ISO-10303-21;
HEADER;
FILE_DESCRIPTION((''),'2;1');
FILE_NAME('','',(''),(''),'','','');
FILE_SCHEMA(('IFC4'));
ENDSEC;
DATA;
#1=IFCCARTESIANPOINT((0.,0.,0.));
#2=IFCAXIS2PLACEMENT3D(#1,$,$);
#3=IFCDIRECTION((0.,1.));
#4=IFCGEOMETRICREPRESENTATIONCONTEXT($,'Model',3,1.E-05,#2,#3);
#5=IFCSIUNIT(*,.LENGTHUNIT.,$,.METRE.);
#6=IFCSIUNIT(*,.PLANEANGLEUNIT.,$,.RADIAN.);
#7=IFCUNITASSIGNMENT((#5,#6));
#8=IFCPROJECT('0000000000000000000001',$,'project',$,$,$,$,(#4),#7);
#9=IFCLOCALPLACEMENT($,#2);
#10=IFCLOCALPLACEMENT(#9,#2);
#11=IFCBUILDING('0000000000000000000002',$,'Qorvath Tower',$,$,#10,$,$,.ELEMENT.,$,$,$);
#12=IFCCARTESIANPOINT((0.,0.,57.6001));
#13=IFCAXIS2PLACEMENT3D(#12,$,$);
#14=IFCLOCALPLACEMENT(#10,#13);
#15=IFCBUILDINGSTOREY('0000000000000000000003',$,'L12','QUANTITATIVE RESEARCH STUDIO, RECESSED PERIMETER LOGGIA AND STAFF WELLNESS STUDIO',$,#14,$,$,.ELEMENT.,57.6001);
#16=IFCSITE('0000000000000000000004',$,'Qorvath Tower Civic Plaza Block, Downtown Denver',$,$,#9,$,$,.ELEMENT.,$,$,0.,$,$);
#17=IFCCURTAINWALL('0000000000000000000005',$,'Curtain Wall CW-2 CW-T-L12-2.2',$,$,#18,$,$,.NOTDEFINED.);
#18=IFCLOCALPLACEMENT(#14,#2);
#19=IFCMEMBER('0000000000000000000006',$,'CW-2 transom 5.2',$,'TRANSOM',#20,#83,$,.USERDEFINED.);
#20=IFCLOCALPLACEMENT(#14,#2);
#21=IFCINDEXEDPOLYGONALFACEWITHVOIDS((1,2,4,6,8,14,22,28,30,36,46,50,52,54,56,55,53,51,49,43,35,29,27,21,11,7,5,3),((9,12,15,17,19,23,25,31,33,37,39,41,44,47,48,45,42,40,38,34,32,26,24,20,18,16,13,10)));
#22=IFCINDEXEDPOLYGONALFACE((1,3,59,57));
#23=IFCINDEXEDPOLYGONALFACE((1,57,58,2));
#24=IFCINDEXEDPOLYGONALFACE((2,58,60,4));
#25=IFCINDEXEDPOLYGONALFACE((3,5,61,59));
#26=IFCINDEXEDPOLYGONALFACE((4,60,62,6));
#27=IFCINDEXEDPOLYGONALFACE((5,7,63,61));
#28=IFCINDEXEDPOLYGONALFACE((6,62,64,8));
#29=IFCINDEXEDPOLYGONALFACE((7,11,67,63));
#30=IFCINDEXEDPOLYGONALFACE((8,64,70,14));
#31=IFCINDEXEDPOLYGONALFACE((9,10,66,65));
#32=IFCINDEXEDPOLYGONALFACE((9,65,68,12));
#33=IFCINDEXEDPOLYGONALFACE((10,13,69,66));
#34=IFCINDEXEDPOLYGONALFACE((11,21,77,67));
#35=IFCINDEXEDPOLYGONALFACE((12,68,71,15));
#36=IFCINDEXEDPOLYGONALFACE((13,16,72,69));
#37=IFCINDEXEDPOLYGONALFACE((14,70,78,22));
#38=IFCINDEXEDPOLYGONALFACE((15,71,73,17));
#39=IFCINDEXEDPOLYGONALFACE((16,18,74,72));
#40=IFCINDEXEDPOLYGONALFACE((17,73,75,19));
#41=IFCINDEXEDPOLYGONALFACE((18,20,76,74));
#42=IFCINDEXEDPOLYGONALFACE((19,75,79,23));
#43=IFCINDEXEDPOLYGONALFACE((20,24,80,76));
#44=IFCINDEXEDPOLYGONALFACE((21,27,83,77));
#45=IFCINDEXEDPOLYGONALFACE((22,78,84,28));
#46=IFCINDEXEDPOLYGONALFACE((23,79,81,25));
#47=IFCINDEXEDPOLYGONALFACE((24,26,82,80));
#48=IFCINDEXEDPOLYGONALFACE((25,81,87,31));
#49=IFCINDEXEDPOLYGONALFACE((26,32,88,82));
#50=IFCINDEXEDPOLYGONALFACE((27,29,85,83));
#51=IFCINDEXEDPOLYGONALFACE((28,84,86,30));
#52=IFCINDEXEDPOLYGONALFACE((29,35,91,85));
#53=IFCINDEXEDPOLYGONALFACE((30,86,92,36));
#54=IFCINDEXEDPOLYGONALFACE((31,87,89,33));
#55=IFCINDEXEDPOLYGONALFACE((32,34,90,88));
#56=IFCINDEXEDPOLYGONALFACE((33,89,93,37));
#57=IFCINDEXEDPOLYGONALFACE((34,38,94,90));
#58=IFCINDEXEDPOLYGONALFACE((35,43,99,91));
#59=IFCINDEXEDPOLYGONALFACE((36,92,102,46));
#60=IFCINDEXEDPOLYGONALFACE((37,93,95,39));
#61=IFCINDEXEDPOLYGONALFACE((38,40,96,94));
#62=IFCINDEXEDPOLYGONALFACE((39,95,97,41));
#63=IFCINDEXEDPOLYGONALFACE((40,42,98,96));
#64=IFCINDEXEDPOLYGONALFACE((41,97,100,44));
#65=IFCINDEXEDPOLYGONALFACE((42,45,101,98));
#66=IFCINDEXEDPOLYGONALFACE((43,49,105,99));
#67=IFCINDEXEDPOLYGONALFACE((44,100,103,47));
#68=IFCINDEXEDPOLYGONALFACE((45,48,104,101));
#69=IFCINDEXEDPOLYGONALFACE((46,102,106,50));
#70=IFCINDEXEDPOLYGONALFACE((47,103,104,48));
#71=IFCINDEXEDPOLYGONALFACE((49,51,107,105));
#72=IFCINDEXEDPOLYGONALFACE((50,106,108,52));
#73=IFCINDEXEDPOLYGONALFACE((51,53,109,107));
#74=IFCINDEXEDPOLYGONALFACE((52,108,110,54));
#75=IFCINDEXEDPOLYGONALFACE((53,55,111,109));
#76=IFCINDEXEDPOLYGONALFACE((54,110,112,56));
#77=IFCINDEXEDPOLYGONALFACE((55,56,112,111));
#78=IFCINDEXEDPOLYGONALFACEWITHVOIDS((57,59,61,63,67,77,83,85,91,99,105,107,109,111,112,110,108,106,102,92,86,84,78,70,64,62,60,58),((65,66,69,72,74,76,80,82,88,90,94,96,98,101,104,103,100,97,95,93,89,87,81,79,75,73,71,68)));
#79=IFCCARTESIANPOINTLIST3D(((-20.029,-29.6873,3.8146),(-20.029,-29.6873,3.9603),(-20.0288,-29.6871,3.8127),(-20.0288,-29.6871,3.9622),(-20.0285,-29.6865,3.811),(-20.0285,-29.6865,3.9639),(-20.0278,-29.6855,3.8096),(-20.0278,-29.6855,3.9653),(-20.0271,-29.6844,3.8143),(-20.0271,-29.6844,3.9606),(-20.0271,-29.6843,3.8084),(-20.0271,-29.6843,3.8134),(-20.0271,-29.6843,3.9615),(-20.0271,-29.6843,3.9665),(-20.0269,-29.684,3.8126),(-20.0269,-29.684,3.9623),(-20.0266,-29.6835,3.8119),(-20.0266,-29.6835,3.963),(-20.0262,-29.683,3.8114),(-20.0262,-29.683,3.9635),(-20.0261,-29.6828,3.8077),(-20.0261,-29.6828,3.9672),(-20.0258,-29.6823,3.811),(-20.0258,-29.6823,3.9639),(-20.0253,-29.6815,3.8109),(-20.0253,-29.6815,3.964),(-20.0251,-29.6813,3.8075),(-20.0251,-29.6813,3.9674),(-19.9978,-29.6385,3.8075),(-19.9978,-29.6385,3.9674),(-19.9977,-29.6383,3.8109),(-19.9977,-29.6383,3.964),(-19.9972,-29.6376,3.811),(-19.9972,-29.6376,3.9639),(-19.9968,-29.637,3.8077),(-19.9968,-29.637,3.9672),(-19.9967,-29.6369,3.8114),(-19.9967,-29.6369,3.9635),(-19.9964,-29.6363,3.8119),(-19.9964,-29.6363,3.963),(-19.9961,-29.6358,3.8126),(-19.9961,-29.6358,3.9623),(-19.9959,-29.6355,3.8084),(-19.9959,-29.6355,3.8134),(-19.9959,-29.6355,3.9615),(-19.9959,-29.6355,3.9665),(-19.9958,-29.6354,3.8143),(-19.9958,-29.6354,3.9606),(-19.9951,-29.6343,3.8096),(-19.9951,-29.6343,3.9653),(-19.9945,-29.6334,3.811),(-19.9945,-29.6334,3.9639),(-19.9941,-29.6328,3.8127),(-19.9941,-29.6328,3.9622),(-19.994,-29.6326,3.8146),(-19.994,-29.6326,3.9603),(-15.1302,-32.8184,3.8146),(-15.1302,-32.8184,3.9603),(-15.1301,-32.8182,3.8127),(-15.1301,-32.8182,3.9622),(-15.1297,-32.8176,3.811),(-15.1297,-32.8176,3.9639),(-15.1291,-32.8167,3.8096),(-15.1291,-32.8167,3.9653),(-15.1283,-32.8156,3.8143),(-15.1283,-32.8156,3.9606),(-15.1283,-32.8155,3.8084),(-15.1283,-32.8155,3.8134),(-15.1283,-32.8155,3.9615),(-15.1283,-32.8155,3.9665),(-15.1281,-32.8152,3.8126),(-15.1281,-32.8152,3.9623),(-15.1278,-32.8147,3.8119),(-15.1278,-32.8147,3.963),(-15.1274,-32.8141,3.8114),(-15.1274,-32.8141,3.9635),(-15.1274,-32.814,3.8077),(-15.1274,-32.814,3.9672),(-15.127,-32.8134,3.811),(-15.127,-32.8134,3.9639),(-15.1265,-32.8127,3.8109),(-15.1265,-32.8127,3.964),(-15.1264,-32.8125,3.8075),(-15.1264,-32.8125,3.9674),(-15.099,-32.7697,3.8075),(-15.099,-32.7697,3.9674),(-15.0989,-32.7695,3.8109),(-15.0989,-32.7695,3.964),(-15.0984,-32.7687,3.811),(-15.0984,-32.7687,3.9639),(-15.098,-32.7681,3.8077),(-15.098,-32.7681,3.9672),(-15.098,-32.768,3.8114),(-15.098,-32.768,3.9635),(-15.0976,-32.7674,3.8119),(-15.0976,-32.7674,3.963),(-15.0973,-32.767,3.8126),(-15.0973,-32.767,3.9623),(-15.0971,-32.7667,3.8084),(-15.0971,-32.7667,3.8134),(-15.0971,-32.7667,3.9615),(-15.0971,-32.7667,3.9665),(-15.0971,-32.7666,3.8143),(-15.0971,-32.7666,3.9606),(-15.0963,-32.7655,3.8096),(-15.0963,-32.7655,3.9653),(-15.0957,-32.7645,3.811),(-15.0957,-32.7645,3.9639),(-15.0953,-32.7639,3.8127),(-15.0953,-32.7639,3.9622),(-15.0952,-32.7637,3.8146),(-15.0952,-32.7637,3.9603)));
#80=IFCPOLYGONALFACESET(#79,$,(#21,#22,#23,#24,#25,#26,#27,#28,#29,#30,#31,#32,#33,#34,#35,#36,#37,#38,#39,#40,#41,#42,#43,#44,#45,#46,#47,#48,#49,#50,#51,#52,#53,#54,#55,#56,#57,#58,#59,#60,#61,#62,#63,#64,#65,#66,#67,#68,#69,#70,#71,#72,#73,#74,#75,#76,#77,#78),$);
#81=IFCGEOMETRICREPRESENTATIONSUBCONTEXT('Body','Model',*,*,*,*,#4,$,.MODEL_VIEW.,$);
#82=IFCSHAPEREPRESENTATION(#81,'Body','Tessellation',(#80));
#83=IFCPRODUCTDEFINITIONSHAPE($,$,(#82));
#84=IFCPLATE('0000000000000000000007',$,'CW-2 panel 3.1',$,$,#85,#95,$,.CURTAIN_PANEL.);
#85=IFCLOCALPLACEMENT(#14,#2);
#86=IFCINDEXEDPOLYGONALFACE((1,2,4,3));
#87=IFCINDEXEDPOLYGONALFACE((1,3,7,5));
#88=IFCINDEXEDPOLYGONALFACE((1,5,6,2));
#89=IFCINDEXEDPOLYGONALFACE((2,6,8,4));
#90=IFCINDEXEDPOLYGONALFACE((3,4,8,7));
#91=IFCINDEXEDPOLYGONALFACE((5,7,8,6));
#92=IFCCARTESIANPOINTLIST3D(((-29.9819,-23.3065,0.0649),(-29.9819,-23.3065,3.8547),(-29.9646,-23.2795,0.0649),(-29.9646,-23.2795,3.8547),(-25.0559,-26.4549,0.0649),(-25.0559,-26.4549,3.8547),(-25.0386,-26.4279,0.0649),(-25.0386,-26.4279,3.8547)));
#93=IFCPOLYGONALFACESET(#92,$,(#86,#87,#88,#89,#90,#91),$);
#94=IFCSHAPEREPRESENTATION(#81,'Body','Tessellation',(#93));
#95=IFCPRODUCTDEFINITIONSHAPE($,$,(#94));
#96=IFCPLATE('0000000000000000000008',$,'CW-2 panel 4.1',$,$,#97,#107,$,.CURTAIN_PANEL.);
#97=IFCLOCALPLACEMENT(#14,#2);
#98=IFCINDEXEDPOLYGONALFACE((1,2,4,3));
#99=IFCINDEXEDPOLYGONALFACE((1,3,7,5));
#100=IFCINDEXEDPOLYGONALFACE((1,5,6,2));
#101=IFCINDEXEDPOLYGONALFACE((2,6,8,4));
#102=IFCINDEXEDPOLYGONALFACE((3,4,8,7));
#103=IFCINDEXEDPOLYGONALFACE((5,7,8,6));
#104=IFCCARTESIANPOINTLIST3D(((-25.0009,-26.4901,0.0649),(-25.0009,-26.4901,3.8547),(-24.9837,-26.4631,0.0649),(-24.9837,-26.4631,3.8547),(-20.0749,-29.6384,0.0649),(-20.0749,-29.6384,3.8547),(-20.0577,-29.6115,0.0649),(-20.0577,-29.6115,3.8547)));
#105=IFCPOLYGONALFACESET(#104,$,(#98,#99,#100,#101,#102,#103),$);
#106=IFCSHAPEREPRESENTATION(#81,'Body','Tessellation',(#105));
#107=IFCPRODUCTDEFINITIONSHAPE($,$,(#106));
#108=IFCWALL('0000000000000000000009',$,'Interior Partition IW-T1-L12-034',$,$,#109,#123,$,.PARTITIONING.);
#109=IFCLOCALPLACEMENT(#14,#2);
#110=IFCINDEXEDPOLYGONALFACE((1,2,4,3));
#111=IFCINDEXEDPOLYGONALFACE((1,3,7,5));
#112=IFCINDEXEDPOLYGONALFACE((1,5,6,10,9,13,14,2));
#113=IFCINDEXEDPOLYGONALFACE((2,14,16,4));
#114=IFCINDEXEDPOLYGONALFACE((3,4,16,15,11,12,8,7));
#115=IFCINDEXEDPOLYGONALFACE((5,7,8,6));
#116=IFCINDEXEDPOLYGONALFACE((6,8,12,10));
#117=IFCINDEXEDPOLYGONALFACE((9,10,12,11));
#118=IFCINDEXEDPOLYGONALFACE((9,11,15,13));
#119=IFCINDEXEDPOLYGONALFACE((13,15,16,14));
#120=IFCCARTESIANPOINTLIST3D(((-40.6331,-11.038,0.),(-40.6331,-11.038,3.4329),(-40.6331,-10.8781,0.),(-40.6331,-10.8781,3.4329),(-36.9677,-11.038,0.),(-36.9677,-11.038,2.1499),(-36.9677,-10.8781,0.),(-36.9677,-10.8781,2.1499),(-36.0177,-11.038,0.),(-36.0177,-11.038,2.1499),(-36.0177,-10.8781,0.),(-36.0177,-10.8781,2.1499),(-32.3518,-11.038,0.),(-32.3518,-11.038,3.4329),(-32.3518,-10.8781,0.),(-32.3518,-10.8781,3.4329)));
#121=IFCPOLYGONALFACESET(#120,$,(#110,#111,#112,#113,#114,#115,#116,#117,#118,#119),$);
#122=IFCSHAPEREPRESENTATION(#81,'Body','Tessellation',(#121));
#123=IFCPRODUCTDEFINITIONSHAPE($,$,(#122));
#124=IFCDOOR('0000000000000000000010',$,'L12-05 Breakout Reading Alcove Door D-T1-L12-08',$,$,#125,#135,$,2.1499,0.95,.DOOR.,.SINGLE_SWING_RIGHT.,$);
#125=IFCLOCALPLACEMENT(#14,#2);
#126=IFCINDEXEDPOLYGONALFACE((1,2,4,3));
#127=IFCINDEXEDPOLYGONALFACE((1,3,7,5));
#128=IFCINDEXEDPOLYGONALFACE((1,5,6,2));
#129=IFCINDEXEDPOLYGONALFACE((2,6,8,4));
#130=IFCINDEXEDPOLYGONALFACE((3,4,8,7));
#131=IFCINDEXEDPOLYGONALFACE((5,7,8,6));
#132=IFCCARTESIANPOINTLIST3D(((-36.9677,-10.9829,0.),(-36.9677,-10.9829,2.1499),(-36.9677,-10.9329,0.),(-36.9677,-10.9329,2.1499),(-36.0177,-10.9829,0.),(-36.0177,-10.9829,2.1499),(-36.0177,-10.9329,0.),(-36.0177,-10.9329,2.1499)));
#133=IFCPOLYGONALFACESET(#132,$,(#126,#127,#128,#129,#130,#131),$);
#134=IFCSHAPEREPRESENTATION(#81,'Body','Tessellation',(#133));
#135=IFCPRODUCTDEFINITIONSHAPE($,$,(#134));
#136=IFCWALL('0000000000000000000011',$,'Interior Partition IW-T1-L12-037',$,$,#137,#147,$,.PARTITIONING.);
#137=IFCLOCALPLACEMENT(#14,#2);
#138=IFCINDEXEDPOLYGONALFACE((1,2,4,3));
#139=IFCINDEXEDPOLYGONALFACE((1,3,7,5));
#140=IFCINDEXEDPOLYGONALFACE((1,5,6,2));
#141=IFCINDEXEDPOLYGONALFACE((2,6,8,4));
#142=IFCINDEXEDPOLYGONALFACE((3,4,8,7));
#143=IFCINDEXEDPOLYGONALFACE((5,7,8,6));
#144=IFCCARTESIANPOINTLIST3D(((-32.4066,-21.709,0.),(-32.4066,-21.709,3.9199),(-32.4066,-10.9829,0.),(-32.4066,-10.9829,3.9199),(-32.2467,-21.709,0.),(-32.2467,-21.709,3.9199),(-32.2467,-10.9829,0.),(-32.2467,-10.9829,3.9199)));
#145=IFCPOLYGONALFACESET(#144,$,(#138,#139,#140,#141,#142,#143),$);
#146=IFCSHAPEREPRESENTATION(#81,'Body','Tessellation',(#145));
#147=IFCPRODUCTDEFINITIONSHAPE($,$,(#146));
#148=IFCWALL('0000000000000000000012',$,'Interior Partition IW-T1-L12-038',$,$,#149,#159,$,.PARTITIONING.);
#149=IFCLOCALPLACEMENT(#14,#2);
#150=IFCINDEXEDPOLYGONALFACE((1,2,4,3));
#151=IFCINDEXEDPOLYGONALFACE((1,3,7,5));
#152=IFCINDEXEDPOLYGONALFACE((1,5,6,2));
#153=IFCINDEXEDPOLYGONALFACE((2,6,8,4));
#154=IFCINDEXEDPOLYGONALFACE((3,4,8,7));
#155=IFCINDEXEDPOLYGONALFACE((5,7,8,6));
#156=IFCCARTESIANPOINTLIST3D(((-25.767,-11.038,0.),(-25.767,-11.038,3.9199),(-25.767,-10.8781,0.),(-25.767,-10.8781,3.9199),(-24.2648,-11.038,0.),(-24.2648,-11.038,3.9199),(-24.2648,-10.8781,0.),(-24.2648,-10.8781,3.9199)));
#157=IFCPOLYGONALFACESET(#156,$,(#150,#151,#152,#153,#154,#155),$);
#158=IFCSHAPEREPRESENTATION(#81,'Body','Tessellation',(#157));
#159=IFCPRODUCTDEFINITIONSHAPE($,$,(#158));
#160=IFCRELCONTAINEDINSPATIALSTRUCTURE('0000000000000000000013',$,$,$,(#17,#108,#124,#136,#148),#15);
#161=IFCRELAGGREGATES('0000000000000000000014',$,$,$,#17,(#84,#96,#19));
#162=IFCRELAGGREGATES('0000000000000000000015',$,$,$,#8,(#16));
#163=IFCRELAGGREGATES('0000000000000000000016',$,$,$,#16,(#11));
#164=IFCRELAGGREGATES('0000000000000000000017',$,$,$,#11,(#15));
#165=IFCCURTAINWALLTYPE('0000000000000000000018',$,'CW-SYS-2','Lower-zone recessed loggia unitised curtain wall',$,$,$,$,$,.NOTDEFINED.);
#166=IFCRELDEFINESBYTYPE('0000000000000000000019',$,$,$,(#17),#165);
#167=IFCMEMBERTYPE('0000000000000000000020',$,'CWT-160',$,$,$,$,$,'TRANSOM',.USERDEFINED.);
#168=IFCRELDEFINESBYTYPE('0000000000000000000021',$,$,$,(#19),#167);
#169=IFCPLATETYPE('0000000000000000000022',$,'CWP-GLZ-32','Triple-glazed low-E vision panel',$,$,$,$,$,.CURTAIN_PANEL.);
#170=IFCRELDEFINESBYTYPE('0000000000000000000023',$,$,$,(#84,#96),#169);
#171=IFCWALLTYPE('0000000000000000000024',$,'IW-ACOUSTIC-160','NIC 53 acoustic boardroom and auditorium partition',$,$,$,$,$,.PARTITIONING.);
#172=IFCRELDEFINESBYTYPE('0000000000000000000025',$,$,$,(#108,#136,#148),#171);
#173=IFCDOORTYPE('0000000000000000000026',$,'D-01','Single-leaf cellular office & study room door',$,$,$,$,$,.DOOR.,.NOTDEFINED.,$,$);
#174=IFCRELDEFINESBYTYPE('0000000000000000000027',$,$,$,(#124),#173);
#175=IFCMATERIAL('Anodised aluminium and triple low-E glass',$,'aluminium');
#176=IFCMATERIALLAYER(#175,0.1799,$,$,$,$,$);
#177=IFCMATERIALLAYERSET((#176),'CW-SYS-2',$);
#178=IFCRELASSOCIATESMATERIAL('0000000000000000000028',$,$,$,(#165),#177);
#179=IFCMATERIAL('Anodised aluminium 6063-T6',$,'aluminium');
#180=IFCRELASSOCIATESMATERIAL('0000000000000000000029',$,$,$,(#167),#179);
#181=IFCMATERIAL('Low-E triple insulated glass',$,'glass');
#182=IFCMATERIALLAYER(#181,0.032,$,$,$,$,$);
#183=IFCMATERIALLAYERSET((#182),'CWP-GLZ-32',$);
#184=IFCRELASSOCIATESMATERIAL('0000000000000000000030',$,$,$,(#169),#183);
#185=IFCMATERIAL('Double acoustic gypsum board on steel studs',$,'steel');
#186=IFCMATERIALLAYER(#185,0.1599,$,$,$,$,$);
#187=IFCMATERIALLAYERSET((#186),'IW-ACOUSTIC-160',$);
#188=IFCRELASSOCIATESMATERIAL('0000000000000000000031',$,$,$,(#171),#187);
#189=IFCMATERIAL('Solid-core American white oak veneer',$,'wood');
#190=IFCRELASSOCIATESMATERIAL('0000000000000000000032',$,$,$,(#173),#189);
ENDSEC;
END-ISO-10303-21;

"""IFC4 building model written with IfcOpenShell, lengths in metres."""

from ifc_helpers import new_model, si_unit, direction, frame, frame_2d, origin, origin_2d, place, context, subcontext, project, spatial, rectangle, hollow_rectangle, extrude, material, layer, layer_set, material_profile, profile_set, type_object, element, fill, aggregate, save


model = new_model("IFC4")

# Units and contexts
model_context = context("Model", 3, precision=1e-05, world=origin(), true_north=direction((0.0, 1.0)))
body_context = subcontext(model_context, "Body", "Model", "MODEL_VIEW")
ifc_project = project(units=[si_unit("LENGTHUNIT", "METRE"), si_unit("PLANEANGLEUNIT", "RADIAN")], contexts=[model_context])

# Site, building, storey
site_placement = place(None, origin())
site = spatial("IfcSite", under=ifc_project, at=site_placement, Name="Qorvath Tower Civic Plaza Block, Downtown Denver", CompositionType="ELEMENT", RefElevation=0.0)
building_placement = place(site_placement, origin())
building = spatial("IfcBuilding", under=site, at=building_placement, Name="Qorvath Tower", CompositionType="ELEMENT")
storey_placement = place(building_placement, frame((0.0, 0.0, 57.6001)))
storey = spatial("IfcBuildingStorey", under=building, at=storey_placement, Name="L12", Description="QUANTITATIVE RESEARCH STUDIO, RECESSED PERIMETER LOGGIA AND STAFF WELLNESS STUDIO", CompositionType="ELEMENT", Elevation=57.6001)

# Curtain wall, member, plates
ifc_material_1 = material(Name="Anodised aluminium and triple low-E glass", Category="aluminium")
ifc_layer_1 = layer(ifc_material_1, 0.1799)
ifc_layer_set_1 = layer_set([ifc_layer_1], Name="CW-SYS-2")
curtain_wall_type = type_object("IfcCurtainWallType", Name="CW-SYS-2", Description="Lower-zone recessed loggia unitised curtain wall", PredefinedType="NOTDEFINED", material=ifc_layer_set_1)
curtain_wall_placement = place(storey_placement, origin())
curtain_wall = element("IfcCurtainWall", 1, at=curtain_wall_placement, inside=storey, type_object=curtain_wall_type, Name="Curtain Wall CW-2 CW-T-L12-2.2", PredefinedType="NOTDEFINED")
ifc_material_2 = material(Name="Anodised aluminium 6063-T6", Category="aluminium")
ifc_material_profile_1 = material_profile(ifc_material_2, hollow_rectangle(XDim=0.0649, YDim=0.1599, WallThickness=0.0034, InnerFilletRadius=0.0034, OuterFilletRadius=0.0071, at=origin_2d()), Name="CWT 160x65")
ifc_profile_set_1 = profile_set([ifc_material_profile_1], Name="Anodised aluminium 6063-T6")
member_type_1 = type_object("IfcMemberType", Name="CWT-160", ElementType="TRANSOM", PredefinedType="USERDEFINED", material=ifc_profile_set_1)
member_1_placement = place(storey_placement, frame((-20.0115, -29.6599, 3.8875), z_axis=(0.842588, -0.538559, 0.0), x_axis=(0.538559, 0.842588, 0.0)))
member_1 = element("IfcMember", 2, at=member_1_placement, type_object=member_type_1, Name="CW-2 transom 5.2", ObjectType="TRANSOM", PredefinedType="USERDEFINED", context=body_context, shape_type="SweptSolid", body=[
    extrude(hollow_rectangle(XDim=0.0649, YDim=0.1599, WallThickness=0.0034, InnerFilletRadius=0.0034, OuterFilletRadius=0.0071, at=origin_2d()), origin(), (0.0, 0.0, 1.0), 5.814),
])
ifc_material_3 = material(Name="Low-E triple insulated glass", Category="glass")
ifc_layer_2 = layer(ifc_material_3, 0.032)
ifc_layer_set_2 = layer_set([ifc_layer_2], Name="CWP-GLZ-32")
plate_type = type_object("IfcPlateType", Name="CWP-GLZ-32", Description="Triple-glazed low-E vision panel", PredefinedType="CURTAIN_PANEL", material=ifc_layer_set_2)
plate_1_placement = place(storey_placement, frame((-27.5103, -24.8672, 0.0649), z_axis=(0.0, 0.0, 1.0), x_axis=(0.842602, -0.538536, 0.0)))
plate_1 = element("IfcPlate", 3, at=plate_1_placement, type_object=plate_type, Name="CW-2 panel 3.1", PredefinedType="CURTAIN_PANEL", context=body_context, shape_type="SweptSolid", body=[
    extrude(rectangle(XDim=5.8462, YDim=0.032, at=origin_2d()), origin(), (0.0, 0.0, 1.0), 3.7898),
])
plate_2_placement = place(storey_placement, frame((-22.5293, -28.0508, 0.0649), z_axis=(0.0, 0.0, 1.0), x_axis=(0.842602, -0.538536, 0.0)))
plate_2 = element("IfcPlate", 4, at=plate_2_placement, type_object=plate_type, Name="CW-2 panel 4.1", PredefinedType="CURTAIN_PANEL", context=body_context, shape_type="SweptSolid", body=[
    extrude(rectangle(XDim=5.8462, YDim=0.032, at=origin_2d()), origin(), (0.0, 0.0, 1.0), 3.7898),
])
aggregate(curtain_wall, [plate_1, plate_2, member_1])

# Wall, opening, door
ifc_material_4 = material(Name="Double acoustic gypsum board on steel studs", Category="steel")
ifc_layer_3 = layer(ifc_material_4, 0.1599)
ifc_layer_set_3 = layer_set([ifc_layer_3], Name="IW-ACOUSTIC-160")
wall_type = type_object("IfcWallType", Name="IW-ACOUSTIC-160", Description="NIC 53 acoustic boardroom and auditorium partition", PredefinedType="PARTITIONING", material=ifc_layer_set_3)
wall_1_placement = place(storey_placement, frame((-32.3518, -10.958, 0.0), z_axis=(0.0, 0.0, 1.0), x_axis=(-1.0, 0.0, 0.0)))
wall_1 = element("IfcWall", 5, at=wall_1_placement, inside=storey, type_object=wall_type, Name="Interior Partition IW-T1-L12-034", PredefinedType="PARTITIONING", context=body_context, shape_type="SweptSolid", body=[
    extrude(rectangle(XDim=8.2812, YDim=0.1599, at=frame_2d((4.1406, 0.0))), origin(), (0.0, 0.0, 1.0), 3.4329),
])
opening_1_placement = place(wall_1_placement, frame((3.6658, 0.0, 0.0)))
opening_1 = element("IfcOpeningElement", 6, at=opening_1_placement, cuts=wall_1, PredefinedType="OPENING", context=body_context, shape_type="SweptSolid", body=[
    extrude(rectangle(XDim=0.95, YDim=2.1499, at=frame_2d((0.4751, 1.075))), frame((0.0, 0.0898, 0.0), z_axis=(0.0, -1.0, 0.0), x_axis=(1.0, 0.0, 0.0)), (0.0, 0.0, 1.0), 0.1799),
])
ifc_material_5 = material(Name="Solid-core American white oak veneer", Category="wood")
door_type_1 = type_object("IfcDoorType", Name="D-01", Description="Single-leaf cellular office & study room door", OperationType="NOTDEFINED", PredefinedType="DOOR", material=ifc_material_5)
door_1_placement = place(opening_1_placement, origin())
door_1 = element("IfcDoor", 7, at=door_1_placement, inside=storey, type_object=door_type_1, Name="L12-05 Breakout Reading Alcove Door D-T1-L12-08", OperationType="SINGLE_SWING_RIGHT", OverallHeight=2.1499, OverallWidth=0.95, PredefinedType="DOOR", context=body_context, shape_type="SweptSolid", body=[
    extrude(rectangle(XDim=0.95, YDim=2.1499, at=frame_2d((0.4751, 1.075))), frame((0.0, 0.0249, 0.0), z_axis=(0.0, -1.0, 0.0), x_axis=(1.0, 0.0, 0.0)), (0.0, 0.0, 1.0), 0.05),
])
fill(opening_1, door_1)

# Walls
wall_2_placement = place(storey_placement, frame((-32.3267, -21.709, 0.0), z_axis=(0.0, 0.0, 1.0), x_axis=(0.0, 1.0, 0.0)))
element("IfcWall", 8, at=wall_2_placement, inside=storey, type_object=wall_type, Name="Interior Partition IW-T1-L12-037", PredefinedType="PARTITIONING", context=body_context, shape_type="SweptSolid", body=[
    extrude(rectangle(XDim=10.7261, YDim=0.1599, at=frame_2d((5.363, 0.0))), origin(), (0.0, 0.0, 1.0), 3.9199),
])
wall_3_placement = place(storey_placement, frame((-24.2649, -10.958, 0.0), z_axis=(0.0, 0.0, 1.0), x_axis=(-1.0, 0.0, 0.0)))
element("IfcWall", 9, at=wall_3_placement, inside=storey, type_object=wall_type, Name="Interior Partition IW-T1-L12-038", PredefinedType="PARTITIONING", context=body_context, shape_type="SweptSolid", body=[
    extrude(rectangle(XDim=1.5022, YDim=0.1599, at=frame_2d((0.751, 0.0))), origin(), (0.0, 0.0, 1.0), 3.9199),
])

save(model, "model.ifc")
